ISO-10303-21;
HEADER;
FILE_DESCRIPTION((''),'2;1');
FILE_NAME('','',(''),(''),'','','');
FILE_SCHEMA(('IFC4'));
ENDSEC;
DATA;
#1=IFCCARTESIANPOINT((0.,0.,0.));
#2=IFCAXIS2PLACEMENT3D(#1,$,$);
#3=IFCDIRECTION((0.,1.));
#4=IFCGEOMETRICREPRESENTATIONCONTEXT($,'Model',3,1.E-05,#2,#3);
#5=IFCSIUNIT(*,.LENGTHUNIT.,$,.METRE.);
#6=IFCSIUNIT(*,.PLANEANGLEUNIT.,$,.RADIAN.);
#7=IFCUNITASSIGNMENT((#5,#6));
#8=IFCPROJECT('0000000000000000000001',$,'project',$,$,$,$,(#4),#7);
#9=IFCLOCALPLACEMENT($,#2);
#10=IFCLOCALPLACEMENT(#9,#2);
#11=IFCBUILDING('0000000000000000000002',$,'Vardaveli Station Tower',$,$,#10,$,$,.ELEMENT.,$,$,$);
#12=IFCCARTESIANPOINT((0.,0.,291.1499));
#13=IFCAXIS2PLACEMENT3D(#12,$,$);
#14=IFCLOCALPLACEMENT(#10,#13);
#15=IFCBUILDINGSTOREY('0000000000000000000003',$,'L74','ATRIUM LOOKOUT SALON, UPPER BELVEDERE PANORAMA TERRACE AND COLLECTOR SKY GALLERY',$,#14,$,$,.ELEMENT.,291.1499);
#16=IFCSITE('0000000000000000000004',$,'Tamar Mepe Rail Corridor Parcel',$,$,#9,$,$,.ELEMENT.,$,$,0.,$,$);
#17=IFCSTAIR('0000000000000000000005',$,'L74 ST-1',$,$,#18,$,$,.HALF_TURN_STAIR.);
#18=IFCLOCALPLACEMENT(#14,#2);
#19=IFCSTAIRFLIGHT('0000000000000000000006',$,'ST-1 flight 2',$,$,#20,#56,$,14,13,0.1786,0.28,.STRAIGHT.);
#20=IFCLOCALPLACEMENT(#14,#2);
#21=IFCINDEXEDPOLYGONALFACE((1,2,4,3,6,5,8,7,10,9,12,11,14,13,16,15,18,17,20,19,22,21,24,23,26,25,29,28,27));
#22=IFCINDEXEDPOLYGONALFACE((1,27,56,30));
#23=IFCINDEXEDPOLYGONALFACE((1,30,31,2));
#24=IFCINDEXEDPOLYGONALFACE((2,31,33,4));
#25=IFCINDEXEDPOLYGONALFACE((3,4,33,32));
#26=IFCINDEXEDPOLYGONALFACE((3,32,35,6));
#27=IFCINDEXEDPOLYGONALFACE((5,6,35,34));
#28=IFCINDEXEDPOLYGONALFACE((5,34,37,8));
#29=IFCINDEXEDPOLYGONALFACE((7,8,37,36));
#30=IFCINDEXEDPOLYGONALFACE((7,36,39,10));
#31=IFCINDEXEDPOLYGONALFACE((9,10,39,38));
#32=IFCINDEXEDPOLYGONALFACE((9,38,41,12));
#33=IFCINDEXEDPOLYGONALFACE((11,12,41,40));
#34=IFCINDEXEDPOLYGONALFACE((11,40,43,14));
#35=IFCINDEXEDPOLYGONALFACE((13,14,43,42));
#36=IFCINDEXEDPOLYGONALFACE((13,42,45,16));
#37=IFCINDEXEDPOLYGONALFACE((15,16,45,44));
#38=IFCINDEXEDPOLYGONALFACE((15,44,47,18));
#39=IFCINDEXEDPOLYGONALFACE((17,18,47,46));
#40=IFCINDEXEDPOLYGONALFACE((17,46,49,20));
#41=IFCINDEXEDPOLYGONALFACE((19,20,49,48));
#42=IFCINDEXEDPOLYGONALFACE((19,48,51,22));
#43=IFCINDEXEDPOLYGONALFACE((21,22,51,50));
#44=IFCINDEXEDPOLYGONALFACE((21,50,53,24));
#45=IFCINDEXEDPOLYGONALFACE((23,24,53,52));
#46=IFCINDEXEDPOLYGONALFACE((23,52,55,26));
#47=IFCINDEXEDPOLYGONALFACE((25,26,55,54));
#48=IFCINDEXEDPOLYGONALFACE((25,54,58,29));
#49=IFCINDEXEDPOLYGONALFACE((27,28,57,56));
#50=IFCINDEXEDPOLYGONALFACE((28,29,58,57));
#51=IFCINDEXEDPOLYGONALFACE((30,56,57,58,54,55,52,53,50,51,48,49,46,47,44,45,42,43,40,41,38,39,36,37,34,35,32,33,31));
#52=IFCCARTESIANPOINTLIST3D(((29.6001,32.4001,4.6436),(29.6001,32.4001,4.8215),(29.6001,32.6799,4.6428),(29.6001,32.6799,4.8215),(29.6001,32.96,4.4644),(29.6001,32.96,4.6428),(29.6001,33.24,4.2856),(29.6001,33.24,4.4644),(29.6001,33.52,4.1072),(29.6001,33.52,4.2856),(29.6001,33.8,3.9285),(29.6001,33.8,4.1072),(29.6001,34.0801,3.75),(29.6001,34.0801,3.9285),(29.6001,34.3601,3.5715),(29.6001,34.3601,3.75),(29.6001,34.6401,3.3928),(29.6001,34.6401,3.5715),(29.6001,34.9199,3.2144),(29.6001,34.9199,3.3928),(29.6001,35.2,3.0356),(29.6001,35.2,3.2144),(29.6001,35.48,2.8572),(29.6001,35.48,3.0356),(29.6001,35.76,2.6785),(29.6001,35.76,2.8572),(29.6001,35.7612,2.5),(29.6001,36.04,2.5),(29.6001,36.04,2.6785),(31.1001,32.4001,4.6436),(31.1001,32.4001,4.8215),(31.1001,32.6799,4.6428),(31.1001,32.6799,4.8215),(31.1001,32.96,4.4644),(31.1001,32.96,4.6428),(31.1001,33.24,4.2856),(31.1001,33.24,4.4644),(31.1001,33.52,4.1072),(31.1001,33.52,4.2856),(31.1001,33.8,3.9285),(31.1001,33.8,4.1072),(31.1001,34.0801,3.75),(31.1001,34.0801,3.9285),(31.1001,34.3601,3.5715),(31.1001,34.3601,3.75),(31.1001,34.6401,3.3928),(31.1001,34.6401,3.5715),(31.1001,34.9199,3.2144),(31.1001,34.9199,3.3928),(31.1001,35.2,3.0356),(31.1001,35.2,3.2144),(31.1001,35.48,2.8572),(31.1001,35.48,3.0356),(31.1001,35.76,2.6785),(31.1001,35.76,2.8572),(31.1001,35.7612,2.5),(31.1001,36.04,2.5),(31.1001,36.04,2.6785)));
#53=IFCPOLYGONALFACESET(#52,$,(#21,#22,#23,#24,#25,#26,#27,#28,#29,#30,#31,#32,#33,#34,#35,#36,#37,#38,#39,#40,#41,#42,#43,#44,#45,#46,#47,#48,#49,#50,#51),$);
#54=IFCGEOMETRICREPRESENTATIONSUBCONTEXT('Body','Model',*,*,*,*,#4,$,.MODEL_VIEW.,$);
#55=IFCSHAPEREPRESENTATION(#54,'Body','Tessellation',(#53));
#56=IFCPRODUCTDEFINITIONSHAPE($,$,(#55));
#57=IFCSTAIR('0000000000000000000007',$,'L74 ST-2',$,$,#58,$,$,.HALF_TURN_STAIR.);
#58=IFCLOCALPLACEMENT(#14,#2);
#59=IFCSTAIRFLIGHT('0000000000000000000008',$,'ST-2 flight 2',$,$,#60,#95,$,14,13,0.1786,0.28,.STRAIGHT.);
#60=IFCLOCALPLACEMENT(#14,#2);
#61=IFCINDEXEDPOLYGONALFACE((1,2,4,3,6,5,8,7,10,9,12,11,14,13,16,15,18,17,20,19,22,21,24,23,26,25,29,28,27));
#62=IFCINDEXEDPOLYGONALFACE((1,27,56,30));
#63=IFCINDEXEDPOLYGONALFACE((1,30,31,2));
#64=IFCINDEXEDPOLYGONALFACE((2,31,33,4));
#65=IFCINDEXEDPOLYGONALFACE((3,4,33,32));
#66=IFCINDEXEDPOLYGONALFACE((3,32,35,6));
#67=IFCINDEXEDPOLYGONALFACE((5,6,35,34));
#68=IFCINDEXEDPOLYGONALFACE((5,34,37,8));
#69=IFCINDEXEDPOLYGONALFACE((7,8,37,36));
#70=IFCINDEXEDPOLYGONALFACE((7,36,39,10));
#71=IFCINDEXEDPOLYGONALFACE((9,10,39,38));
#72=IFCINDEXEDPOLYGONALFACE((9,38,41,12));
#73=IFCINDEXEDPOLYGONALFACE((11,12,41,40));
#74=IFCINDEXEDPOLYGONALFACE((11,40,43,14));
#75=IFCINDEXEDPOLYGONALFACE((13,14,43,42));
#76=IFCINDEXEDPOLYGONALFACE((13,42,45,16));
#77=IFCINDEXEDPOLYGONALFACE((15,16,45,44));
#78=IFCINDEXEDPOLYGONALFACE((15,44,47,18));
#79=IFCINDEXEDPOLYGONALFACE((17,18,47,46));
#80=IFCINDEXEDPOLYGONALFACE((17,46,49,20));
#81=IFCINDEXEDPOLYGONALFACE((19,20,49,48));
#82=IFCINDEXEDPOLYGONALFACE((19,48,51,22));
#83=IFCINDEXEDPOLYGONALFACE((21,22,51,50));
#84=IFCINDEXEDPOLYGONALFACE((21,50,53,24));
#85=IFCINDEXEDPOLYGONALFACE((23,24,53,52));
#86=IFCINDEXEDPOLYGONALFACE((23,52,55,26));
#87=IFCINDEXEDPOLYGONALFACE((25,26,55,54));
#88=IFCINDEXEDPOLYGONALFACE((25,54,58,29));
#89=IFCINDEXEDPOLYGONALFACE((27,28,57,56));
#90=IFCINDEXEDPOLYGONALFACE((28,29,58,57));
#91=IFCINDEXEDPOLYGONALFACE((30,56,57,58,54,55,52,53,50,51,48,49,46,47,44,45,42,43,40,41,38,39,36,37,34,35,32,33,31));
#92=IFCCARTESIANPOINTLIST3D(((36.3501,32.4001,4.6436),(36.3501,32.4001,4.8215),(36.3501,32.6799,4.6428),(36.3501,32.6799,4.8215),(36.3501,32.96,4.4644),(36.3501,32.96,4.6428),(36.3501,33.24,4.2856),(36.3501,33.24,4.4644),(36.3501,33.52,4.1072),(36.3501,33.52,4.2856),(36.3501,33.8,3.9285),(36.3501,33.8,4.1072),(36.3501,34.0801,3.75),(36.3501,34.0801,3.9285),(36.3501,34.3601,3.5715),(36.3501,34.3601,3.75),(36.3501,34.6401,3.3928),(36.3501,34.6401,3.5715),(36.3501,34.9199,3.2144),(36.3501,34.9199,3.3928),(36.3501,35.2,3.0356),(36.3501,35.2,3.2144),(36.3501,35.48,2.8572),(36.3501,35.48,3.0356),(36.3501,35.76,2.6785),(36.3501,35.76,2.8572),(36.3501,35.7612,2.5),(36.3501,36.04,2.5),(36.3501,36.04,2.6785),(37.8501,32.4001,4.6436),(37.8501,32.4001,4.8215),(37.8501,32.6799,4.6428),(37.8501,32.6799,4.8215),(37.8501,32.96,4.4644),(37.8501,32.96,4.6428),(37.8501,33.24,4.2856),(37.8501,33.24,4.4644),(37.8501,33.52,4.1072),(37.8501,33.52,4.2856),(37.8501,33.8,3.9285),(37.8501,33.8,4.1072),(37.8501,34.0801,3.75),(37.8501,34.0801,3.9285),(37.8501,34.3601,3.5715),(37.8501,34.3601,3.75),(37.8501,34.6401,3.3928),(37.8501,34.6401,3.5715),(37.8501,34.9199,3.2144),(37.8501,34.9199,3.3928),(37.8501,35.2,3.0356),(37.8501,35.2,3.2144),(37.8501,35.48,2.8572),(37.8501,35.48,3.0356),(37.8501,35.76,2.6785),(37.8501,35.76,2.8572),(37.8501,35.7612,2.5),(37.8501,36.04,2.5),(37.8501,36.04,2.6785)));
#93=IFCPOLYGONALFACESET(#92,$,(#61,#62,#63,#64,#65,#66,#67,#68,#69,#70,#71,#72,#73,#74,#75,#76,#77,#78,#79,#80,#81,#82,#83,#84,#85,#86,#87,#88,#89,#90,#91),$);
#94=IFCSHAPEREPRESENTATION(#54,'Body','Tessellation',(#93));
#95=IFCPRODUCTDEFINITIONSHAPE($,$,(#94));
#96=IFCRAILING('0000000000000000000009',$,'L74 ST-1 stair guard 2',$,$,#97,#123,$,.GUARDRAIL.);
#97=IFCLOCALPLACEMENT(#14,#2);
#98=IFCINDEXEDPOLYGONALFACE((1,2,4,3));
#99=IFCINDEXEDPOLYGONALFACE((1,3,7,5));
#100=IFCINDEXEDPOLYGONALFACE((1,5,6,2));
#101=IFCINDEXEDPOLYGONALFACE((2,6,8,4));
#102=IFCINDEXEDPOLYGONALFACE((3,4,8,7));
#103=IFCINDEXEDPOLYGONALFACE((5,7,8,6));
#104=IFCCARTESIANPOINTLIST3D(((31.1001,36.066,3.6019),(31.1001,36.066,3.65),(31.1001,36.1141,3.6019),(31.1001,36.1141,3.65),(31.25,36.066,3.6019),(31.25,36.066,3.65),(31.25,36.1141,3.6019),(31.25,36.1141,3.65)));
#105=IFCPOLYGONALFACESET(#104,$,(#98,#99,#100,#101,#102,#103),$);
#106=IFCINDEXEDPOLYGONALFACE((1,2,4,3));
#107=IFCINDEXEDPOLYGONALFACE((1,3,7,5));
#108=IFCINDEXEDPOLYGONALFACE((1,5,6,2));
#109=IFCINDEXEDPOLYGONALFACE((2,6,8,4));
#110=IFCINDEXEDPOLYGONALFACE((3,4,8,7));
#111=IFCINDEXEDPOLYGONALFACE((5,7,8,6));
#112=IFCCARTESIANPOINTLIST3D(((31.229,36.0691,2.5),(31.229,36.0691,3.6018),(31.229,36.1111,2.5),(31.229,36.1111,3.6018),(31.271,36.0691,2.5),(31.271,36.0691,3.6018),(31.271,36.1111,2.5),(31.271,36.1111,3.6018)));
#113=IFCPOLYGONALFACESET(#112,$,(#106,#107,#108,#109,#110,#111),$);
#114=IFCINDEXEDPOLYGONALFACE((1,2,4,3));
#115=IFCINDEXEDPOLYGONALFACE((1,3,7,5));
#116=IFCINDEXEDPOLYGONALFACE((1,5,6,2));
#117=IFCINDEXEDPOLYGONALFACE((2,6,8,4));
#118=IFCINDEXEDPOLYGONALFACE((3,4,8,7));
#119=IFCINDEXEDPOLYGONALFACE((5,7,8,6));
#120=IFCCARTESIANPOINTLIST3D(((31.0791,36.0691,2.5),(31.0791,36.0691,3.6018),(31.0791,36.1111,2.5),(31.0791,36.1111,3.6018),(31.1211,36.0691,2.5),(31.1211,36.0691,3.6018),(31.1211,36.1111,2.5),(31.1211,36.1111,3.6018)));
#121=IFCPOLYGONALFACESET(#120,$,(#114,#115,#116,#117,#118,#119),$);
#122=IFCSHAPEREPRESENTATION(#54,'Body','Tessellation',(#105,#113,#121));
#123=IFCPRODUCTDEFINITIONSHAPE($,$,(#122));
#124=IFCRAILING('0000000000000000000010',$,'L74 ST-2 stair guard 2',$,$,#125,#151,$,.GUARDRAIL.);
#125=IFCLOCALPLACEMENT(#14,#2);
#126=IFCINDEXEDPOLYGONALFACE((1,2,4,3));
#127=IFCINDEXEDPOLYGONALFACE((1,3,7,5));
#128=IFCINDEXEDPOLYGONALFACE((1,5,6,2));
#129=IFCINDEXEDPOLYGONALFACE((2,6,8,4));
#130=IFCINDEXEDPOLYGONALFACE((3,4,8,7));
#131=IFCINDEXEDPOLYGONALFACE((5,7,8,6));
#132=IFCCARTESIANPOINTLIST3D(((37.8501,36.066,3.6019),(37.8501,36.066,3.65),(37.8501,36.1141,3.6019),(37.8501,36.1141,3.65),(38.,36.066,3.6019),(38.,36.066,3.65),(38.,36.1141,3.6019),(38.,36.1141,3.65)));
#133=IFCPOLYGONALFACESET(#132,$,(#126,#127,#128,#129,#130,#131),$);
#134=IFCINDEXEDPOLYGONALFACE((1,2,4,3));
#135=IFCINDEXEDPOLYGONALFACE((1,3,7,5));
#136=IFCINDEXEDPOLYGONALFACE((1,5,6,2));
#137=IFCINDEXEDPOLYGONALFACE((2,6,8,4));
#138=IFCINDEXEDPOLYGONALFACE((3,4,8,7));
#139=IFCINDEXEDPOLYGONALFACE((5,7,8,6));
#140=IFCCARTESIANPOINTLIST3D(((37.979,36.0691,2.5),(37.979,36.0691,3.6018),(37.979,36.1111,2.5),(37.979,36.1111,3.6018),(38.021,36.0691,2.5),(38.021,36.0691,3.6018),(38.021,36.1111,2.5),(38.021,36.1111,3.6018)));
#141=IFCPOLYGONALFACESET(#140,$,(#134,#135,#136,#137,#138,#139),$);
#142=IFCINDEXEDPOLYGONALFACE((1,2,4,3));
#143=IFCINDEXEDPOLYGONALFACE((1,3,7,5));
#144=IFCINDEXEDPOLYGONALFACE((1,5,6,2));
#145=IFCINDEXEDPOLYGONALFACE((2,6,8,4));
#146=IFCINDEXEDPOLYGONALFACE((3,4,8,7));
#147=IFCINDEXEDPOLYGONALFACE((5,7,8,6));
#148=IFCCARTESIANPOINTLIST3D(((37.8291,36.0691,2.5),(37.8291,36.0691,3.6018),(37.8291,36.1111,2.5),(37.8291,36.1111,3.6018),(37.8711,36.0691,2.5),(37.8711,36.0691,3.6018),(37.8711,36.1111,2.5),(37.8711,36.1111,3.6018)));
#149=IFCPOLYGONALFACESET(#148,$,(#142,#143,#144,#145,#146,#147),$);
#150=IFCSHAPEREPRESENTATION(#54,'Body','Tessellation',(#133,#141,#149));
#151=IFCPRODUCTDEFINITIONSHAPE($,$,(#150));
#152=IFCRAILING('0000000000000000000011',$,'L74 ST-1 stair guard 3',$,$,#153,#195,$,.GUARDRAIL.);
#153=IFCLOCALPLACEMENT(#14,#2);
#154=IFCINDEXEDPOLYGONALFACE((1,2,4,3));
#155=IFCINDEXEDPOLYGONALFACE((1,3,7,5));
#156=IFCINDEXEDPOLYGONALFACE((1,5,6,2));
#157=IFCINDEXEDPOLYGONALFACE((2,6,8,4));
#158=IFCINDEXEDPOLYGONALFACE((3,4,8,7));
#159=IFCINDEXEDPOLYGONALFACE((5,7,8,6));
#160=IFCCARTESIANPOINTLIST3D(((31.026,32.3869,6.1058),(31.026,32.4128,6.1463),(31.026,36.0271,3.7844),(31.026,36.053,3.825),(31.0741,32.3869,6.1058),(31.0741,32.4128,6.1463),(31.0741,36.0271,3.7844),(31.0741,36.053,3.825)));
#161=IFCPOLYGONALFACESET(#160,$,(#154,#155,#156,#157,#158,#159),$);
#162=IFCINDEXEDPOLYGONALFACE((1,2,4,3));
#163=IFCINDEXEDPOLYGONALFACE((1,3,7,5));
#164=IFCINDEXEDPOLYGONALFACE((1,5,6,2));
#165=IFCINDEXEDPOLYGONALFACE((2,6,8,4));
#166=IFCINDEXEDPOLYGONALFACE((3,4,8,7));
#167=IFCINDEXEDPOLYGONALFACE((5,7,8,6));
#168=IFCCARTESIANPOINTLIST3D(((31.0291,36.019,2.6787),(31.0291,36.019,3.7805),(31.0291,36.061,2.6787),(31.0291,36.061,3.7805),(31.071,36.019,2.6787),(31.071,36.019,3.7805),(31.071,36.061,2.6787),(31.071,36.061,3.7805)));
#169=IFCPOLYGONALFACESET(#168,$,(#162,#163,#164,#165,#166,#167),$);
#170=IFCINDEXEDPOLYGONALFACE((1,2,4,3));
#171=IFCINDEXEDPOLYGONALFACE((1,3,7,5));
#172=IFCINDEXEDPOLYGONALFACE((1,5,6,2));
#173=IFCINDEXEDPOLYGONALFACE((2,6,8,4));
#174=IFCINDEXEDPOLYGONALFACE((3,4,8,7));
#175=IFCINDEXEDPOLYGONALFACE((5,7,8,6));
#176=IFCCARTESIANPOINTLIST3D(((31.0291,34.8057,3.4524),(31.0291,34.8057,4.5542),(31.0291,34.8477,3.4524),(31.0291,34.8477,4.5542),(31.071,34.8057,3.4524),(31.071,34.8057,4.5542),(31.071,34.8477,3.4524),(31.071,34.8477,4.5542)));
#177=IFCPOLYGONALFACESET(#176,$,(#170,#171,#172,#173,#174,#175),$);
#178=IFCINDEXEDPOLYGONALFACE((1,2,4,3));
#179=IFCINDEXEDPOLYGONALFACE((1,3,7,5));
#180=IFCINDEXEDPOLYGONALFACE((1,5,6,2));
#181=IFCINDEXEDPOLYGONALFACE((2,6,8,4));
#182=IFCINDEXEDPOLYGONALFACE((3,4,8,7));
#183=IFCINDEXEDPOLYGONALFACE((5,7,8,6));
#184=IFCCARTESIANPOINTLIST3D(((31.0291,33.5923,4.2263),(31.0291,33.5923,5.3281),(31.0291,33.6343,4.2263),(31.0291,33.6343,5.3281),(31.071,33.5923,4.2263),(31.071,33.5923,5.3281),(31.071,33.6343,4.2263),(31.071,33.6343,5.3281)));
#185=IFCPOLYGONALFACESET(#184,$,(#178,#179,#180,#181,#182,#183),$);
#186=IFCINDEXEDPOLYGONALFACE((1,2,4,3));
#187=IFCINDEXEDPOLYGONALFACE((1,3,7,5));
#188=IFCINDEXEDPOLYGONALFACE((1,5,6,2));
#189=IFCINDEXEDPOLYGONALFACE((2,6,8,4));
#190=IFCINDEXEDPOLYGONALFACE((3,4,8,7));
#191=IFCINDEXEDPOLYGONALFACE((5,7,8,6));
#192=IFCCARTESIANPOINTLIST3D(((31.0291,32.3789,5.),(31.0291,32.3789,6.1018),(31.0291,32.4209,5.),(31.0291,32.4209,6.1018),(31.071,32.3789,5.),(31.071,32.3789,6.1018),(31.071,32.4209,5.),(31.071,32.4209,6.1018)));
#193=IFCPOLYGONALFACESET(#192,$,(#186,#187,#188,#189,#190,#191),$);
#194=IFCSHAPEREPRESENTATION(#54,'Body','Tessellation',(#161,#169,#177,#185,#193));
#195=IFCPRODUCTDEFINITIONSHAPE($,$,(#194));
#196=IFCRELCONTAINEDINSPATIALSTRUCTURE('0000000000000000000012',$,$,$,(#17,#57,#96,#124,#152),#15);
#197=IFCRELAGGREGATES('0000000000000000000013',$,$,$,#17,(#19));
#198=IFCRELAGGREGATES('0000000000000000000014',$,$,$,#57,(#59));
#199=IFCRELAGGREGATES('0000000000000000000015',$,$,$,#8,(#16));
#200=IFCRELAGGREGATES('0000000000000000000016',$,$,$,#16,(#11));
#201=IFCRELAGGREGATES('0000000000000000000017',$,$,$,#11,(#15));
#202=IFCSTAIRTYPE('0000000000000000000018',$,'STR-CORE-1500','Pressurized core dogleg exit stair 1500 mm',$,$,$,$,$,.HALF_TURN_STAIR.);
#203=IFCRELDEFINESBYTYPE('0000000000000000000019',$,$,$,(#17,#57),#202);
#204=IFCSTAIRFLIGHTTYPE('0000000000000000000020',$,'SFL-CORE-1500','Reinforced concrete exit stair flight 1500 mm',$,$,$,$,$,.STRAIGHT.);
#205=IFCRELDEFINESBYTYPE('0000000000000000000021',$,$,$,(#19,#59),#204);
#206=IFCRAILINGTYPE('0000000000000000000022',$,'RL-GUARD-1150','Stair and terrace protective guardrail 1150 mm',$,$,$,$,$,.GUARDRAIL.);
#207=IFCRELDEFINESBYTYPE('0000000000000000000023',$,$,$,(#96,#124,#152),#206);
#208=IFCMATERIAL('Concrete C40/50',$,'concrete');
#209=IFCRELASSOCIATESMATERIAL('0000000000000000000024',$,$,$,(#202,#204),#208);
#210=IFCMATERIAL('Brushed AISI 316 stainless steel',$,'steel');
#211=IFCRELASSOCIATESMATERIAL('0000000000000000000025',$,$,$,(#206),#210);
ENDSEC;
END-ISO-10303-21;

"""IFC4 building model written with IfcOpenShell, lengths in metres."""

from ifc_helpers import new_model, si_unit, direction, frame, origin, origin_2d, place, context, subcontext, project, spatial, polyline, rectangle, outline, extrude, source, transform, mapped, material, type_object, element, aggregate, save


model = new_model("IFC4")

# Units and contexts
model_context = context("Model", 3, precision=1e-05, world=origin(), true_north=direction((0.0, 1.0)))
body_context = subcontext(model_context, "Body", "Model", "MODEL_VIEW")
ifc_project = project(units=[si_unit("LENGTHUNIT", "METRE"), si_unit("PLANEANGLEUNIT", "RADIAN")], contexts=[model_context])

# Site, building, storey
site_placement = place(None, origin())
site = spatial("IfcSite", under=ifc_project, at=site_placement, Name="Tamar Mepe Rail Corridor Parcel", CompositionType="ELEMENT", RefElevation=0.0)
building_placement = place(site_placement, origin())
building = spatial("IfcBuilding", under=site, at=building_placement, Name="Vardaveli Station Tower", CompositionType="ELEMENT")
storey_placement = place(building_placement, frame((0.0, 0.0, 291.1499)))
storey = spatial("IfcBuildingStorey", under=building, at=storey_placement, Name="L74", Description="ATRIUM LOOKOUT SALON, UPPER BELVEDERE PANORAMA TERRACE AND COLLECTOR SKY GALLERY", CompositionType="ELEMENT", Elevation=291.1499)

# Shared definitions
ifc_material_1 = material(Name="Concrete C40/50", Category="concrete")

# Stairs, stair flights
stair_type = type_object("IfcStairType", Name="STR-CORE-1500", Description="Pressurized core dogleg exit stair 1500 mm", PredefinedType="HALF_TURN_STAIR", material=ifc_material_1)
stair_1_placement = place(storey_placement, origin())
stair_1 = element("IfcStair", 1, at=stair_1_placement, inside=storey, type_object=stair_type, Name="L74 ST-1", PredefinedType="HALF_TURN_STAIR")
stair_flight_type = type_object("IfcStairFlightType", Name="SFL-CORE-1500", Description="Reinforced concrete exit stair flight 1500 mm", PredefinedType="STRAIGHT", material=ifc_material_1)
shared_shape_1 = source(origin(), body_context, "Body", "SweptSolid", [
    extrude(outline(polyline([(0.0, 0.0), (0.0, 0.1785), (0.28, 0.1785), (0.28, 0.3572), (0.5601, 0.3572), (0.5601, 0.5356), (0.8401, 0.5356), (0.8401, 0.7144), (1.1201, 0.7144), (1.1201, 0.8928), (1.3999, 0.8928), (1.3999, 1.0715), (1.6799, 1.0715), (1.6799, 1.25), (1.96, 1.25), (1.96, 1.4285), (2.24, 1.4285), (2.24, 1.6072), (2.52, 1.6072), (2.52, 1.7856), (2.8, 1.7856), (2.8, 1.9644), (3.0801, 1.9644), (3.0801, 2.1428), (3.3601, 2.1428), (3.3601, 2.3215), (3.6399, 2.3215), (3.6399, 2.5), (3.6399, 2.1436), (0.2788, 0.0), (0.0, 0.0)])), frame((0.0, 0.75, 0.0), z_axis=(0.0, -1.0, 0.0), x_axis=(1.0, 0.0, 0.0)), (0.0, 0.0, 1.0), 1.5),
])
stair_flight_1_placement = place(storey_placement, frame((30.3501, 36.04, 2.5), z_axis=(0.0, 0.0, 1.0), x_axis=(0.0, -1.0, 0.0)))
stair_flight_1 = element("IfcStairFlight", 2, at=stair_flight_1_placement, type_object=stair_flight_type, Name="ST-1 flight 2", NumberOfRisers=14, NumberOfTreads=13, PredefinedType="STRAIGHT", RiserHeight=0.1786, TreadLength=0.28, context=body_context, shape_type="MappedRepresentation", body=[
    mapped(shared_shape_1, transform((0.0, 0.0, 0.0), scale=1.0)),
])
aggregate(stair_1, [stair_flight_1])
stair_2_placement = place(storey_placement, origin())
stair_2 = element("IfcStair", 3, at=stair_2_placement, inside=storey, type_object=stair_type, Name="L74 ST-2", PredefinedType="HALF_TURN_STAIR")
stair_flight_2_placement = place(storey_placement, frame((37.1001, 36.04, 2.5), z_axis=(0.0, 0.0, 1.0), x_axis=(0.0, -1.0, 0.0)))
stair_flight_2 = element("IfcStairFlight", 4, at=stair_flight_2_placement, type_object=stair_flight_type, Name="ST-2 flight 2", NumberOfRisers=14, NumberOfTreads=13, PredefinedType="STRAIGHT", RiserHeight=0.1786, TreadLength=0.28, context=body_context, shape_type="MappedRepresentation", body=[
    mapped(shared_shape_1, transform((0.0, 0.0, 0.0), scale=1.0)),
])
aggregate(stair_2, [stair_flight_2])

# Railings
ifc_material_2 = material(Name="Brushed AISI 316 stainless steel", Category="steel")
railing_type_1 = type_object("IfcRailingType", Name="RL-GUARD-1150", Description="Stair and terrace protective guardrail 1150 mm", PredefinedType="GUARDRAIL", material=ifc_material_2)
shared_shape_2 = source(origin(), body_context, "Body", "SweptSolid", [
    extrude(rectangle(XDim=0.0481, YDim=0.0481, at=origin_2d()), frame((0.0, 0.0, 1.126), z_axis=(-1.0, 0.0, 0.0), x_axis=(0.0, -1.0, 0.0)), (0.0, 0.0, 1.0), 0.1499),
    extrude(rectangle(XDim=0.042, YDim=0.042, at=origin_2d()), origin(), (0.0, 0.0, 1.0), 1.1018),
    extrude(rectangle(XDim=0.042, YDim=0.042, at=origin_2d()), frame((-0.1499, 0.0, 0.0)), (0.0, 0.0, 1.0), 1.1018),
])
for number, where, name in (
    (5, (31.25, 36.0901, 2.5), "L74 ST-1 stair guard 2"),
    (6, (38.0, 36.0901, 2.5), "L74 ST-2 stair guard 2"),
):
    element("IfcRailing", number, at=place(storey_placement, frame(where)), inside=storey, type_object=railing_type_1, Name=name, PredefinedType="GUARDRAIL", context=body_context, shape_type="MappedRepresentation", body=[
        mapped(shared_shape_2, transform((0.0, 0.0, 0.0), scale=1.0)),
    ])
shared_shape_3 = source(origin(), body_context, "Body", "SweptSolid", [
    extrude(rectangle(XDim=0.0481, YDim=0.0481, at=origin_2d()), frame((0.0, 0.0, 1.126), z_axis=(0.0, -0.843153, 0.537673), x_axis=(1.0, 0.0, 0.0)), (0.0, 0.0, 1.0), 4.3174),
    extrude(rectangle(XDim=0.042, YDim=0.042, at=origin_2d()), origin(), (0.0, 0.0, 1.0), 1.1018),
    extrude(rectangle(XDim=0.042, YDim=0.042, at=origin_2d()), frame((0.0, -1.2134, 0.7737)), (0.0, 0.0, 1.0), 1.1018),
    extrude(rectangle(XDim=0.042, YDim=0.042, at=origin_2d()), frame((0.0, -2.4268, 1.5476)), (0.0, 0.0, 1.0), 1.1018),
    extrude(rectangle(XDim=0.042, YDim=0.042, at=origin_2d()), frame((0.0, -3.6401, 2.3213)), (0.0, 0.0, 1.0), 1.1018),
])
for number, where, name in (
    (7, (31.05, 36.04, 2.6787), "L74 ST-1 stair guard 3"),
):
    element("IfcRailing", number, at=place(storey_placement, frame(where)), inside=storey, type_object=railing_type_1, Name=name, PredefinedType="GUARDRAIL", context=body_context, shape_type="MappedRepresentation", body=[
        mapped(shared_shape_3, transform((0.0, 0.0, 0.0), scale=1.0)),
    ])

save(model, "model.ifc")
